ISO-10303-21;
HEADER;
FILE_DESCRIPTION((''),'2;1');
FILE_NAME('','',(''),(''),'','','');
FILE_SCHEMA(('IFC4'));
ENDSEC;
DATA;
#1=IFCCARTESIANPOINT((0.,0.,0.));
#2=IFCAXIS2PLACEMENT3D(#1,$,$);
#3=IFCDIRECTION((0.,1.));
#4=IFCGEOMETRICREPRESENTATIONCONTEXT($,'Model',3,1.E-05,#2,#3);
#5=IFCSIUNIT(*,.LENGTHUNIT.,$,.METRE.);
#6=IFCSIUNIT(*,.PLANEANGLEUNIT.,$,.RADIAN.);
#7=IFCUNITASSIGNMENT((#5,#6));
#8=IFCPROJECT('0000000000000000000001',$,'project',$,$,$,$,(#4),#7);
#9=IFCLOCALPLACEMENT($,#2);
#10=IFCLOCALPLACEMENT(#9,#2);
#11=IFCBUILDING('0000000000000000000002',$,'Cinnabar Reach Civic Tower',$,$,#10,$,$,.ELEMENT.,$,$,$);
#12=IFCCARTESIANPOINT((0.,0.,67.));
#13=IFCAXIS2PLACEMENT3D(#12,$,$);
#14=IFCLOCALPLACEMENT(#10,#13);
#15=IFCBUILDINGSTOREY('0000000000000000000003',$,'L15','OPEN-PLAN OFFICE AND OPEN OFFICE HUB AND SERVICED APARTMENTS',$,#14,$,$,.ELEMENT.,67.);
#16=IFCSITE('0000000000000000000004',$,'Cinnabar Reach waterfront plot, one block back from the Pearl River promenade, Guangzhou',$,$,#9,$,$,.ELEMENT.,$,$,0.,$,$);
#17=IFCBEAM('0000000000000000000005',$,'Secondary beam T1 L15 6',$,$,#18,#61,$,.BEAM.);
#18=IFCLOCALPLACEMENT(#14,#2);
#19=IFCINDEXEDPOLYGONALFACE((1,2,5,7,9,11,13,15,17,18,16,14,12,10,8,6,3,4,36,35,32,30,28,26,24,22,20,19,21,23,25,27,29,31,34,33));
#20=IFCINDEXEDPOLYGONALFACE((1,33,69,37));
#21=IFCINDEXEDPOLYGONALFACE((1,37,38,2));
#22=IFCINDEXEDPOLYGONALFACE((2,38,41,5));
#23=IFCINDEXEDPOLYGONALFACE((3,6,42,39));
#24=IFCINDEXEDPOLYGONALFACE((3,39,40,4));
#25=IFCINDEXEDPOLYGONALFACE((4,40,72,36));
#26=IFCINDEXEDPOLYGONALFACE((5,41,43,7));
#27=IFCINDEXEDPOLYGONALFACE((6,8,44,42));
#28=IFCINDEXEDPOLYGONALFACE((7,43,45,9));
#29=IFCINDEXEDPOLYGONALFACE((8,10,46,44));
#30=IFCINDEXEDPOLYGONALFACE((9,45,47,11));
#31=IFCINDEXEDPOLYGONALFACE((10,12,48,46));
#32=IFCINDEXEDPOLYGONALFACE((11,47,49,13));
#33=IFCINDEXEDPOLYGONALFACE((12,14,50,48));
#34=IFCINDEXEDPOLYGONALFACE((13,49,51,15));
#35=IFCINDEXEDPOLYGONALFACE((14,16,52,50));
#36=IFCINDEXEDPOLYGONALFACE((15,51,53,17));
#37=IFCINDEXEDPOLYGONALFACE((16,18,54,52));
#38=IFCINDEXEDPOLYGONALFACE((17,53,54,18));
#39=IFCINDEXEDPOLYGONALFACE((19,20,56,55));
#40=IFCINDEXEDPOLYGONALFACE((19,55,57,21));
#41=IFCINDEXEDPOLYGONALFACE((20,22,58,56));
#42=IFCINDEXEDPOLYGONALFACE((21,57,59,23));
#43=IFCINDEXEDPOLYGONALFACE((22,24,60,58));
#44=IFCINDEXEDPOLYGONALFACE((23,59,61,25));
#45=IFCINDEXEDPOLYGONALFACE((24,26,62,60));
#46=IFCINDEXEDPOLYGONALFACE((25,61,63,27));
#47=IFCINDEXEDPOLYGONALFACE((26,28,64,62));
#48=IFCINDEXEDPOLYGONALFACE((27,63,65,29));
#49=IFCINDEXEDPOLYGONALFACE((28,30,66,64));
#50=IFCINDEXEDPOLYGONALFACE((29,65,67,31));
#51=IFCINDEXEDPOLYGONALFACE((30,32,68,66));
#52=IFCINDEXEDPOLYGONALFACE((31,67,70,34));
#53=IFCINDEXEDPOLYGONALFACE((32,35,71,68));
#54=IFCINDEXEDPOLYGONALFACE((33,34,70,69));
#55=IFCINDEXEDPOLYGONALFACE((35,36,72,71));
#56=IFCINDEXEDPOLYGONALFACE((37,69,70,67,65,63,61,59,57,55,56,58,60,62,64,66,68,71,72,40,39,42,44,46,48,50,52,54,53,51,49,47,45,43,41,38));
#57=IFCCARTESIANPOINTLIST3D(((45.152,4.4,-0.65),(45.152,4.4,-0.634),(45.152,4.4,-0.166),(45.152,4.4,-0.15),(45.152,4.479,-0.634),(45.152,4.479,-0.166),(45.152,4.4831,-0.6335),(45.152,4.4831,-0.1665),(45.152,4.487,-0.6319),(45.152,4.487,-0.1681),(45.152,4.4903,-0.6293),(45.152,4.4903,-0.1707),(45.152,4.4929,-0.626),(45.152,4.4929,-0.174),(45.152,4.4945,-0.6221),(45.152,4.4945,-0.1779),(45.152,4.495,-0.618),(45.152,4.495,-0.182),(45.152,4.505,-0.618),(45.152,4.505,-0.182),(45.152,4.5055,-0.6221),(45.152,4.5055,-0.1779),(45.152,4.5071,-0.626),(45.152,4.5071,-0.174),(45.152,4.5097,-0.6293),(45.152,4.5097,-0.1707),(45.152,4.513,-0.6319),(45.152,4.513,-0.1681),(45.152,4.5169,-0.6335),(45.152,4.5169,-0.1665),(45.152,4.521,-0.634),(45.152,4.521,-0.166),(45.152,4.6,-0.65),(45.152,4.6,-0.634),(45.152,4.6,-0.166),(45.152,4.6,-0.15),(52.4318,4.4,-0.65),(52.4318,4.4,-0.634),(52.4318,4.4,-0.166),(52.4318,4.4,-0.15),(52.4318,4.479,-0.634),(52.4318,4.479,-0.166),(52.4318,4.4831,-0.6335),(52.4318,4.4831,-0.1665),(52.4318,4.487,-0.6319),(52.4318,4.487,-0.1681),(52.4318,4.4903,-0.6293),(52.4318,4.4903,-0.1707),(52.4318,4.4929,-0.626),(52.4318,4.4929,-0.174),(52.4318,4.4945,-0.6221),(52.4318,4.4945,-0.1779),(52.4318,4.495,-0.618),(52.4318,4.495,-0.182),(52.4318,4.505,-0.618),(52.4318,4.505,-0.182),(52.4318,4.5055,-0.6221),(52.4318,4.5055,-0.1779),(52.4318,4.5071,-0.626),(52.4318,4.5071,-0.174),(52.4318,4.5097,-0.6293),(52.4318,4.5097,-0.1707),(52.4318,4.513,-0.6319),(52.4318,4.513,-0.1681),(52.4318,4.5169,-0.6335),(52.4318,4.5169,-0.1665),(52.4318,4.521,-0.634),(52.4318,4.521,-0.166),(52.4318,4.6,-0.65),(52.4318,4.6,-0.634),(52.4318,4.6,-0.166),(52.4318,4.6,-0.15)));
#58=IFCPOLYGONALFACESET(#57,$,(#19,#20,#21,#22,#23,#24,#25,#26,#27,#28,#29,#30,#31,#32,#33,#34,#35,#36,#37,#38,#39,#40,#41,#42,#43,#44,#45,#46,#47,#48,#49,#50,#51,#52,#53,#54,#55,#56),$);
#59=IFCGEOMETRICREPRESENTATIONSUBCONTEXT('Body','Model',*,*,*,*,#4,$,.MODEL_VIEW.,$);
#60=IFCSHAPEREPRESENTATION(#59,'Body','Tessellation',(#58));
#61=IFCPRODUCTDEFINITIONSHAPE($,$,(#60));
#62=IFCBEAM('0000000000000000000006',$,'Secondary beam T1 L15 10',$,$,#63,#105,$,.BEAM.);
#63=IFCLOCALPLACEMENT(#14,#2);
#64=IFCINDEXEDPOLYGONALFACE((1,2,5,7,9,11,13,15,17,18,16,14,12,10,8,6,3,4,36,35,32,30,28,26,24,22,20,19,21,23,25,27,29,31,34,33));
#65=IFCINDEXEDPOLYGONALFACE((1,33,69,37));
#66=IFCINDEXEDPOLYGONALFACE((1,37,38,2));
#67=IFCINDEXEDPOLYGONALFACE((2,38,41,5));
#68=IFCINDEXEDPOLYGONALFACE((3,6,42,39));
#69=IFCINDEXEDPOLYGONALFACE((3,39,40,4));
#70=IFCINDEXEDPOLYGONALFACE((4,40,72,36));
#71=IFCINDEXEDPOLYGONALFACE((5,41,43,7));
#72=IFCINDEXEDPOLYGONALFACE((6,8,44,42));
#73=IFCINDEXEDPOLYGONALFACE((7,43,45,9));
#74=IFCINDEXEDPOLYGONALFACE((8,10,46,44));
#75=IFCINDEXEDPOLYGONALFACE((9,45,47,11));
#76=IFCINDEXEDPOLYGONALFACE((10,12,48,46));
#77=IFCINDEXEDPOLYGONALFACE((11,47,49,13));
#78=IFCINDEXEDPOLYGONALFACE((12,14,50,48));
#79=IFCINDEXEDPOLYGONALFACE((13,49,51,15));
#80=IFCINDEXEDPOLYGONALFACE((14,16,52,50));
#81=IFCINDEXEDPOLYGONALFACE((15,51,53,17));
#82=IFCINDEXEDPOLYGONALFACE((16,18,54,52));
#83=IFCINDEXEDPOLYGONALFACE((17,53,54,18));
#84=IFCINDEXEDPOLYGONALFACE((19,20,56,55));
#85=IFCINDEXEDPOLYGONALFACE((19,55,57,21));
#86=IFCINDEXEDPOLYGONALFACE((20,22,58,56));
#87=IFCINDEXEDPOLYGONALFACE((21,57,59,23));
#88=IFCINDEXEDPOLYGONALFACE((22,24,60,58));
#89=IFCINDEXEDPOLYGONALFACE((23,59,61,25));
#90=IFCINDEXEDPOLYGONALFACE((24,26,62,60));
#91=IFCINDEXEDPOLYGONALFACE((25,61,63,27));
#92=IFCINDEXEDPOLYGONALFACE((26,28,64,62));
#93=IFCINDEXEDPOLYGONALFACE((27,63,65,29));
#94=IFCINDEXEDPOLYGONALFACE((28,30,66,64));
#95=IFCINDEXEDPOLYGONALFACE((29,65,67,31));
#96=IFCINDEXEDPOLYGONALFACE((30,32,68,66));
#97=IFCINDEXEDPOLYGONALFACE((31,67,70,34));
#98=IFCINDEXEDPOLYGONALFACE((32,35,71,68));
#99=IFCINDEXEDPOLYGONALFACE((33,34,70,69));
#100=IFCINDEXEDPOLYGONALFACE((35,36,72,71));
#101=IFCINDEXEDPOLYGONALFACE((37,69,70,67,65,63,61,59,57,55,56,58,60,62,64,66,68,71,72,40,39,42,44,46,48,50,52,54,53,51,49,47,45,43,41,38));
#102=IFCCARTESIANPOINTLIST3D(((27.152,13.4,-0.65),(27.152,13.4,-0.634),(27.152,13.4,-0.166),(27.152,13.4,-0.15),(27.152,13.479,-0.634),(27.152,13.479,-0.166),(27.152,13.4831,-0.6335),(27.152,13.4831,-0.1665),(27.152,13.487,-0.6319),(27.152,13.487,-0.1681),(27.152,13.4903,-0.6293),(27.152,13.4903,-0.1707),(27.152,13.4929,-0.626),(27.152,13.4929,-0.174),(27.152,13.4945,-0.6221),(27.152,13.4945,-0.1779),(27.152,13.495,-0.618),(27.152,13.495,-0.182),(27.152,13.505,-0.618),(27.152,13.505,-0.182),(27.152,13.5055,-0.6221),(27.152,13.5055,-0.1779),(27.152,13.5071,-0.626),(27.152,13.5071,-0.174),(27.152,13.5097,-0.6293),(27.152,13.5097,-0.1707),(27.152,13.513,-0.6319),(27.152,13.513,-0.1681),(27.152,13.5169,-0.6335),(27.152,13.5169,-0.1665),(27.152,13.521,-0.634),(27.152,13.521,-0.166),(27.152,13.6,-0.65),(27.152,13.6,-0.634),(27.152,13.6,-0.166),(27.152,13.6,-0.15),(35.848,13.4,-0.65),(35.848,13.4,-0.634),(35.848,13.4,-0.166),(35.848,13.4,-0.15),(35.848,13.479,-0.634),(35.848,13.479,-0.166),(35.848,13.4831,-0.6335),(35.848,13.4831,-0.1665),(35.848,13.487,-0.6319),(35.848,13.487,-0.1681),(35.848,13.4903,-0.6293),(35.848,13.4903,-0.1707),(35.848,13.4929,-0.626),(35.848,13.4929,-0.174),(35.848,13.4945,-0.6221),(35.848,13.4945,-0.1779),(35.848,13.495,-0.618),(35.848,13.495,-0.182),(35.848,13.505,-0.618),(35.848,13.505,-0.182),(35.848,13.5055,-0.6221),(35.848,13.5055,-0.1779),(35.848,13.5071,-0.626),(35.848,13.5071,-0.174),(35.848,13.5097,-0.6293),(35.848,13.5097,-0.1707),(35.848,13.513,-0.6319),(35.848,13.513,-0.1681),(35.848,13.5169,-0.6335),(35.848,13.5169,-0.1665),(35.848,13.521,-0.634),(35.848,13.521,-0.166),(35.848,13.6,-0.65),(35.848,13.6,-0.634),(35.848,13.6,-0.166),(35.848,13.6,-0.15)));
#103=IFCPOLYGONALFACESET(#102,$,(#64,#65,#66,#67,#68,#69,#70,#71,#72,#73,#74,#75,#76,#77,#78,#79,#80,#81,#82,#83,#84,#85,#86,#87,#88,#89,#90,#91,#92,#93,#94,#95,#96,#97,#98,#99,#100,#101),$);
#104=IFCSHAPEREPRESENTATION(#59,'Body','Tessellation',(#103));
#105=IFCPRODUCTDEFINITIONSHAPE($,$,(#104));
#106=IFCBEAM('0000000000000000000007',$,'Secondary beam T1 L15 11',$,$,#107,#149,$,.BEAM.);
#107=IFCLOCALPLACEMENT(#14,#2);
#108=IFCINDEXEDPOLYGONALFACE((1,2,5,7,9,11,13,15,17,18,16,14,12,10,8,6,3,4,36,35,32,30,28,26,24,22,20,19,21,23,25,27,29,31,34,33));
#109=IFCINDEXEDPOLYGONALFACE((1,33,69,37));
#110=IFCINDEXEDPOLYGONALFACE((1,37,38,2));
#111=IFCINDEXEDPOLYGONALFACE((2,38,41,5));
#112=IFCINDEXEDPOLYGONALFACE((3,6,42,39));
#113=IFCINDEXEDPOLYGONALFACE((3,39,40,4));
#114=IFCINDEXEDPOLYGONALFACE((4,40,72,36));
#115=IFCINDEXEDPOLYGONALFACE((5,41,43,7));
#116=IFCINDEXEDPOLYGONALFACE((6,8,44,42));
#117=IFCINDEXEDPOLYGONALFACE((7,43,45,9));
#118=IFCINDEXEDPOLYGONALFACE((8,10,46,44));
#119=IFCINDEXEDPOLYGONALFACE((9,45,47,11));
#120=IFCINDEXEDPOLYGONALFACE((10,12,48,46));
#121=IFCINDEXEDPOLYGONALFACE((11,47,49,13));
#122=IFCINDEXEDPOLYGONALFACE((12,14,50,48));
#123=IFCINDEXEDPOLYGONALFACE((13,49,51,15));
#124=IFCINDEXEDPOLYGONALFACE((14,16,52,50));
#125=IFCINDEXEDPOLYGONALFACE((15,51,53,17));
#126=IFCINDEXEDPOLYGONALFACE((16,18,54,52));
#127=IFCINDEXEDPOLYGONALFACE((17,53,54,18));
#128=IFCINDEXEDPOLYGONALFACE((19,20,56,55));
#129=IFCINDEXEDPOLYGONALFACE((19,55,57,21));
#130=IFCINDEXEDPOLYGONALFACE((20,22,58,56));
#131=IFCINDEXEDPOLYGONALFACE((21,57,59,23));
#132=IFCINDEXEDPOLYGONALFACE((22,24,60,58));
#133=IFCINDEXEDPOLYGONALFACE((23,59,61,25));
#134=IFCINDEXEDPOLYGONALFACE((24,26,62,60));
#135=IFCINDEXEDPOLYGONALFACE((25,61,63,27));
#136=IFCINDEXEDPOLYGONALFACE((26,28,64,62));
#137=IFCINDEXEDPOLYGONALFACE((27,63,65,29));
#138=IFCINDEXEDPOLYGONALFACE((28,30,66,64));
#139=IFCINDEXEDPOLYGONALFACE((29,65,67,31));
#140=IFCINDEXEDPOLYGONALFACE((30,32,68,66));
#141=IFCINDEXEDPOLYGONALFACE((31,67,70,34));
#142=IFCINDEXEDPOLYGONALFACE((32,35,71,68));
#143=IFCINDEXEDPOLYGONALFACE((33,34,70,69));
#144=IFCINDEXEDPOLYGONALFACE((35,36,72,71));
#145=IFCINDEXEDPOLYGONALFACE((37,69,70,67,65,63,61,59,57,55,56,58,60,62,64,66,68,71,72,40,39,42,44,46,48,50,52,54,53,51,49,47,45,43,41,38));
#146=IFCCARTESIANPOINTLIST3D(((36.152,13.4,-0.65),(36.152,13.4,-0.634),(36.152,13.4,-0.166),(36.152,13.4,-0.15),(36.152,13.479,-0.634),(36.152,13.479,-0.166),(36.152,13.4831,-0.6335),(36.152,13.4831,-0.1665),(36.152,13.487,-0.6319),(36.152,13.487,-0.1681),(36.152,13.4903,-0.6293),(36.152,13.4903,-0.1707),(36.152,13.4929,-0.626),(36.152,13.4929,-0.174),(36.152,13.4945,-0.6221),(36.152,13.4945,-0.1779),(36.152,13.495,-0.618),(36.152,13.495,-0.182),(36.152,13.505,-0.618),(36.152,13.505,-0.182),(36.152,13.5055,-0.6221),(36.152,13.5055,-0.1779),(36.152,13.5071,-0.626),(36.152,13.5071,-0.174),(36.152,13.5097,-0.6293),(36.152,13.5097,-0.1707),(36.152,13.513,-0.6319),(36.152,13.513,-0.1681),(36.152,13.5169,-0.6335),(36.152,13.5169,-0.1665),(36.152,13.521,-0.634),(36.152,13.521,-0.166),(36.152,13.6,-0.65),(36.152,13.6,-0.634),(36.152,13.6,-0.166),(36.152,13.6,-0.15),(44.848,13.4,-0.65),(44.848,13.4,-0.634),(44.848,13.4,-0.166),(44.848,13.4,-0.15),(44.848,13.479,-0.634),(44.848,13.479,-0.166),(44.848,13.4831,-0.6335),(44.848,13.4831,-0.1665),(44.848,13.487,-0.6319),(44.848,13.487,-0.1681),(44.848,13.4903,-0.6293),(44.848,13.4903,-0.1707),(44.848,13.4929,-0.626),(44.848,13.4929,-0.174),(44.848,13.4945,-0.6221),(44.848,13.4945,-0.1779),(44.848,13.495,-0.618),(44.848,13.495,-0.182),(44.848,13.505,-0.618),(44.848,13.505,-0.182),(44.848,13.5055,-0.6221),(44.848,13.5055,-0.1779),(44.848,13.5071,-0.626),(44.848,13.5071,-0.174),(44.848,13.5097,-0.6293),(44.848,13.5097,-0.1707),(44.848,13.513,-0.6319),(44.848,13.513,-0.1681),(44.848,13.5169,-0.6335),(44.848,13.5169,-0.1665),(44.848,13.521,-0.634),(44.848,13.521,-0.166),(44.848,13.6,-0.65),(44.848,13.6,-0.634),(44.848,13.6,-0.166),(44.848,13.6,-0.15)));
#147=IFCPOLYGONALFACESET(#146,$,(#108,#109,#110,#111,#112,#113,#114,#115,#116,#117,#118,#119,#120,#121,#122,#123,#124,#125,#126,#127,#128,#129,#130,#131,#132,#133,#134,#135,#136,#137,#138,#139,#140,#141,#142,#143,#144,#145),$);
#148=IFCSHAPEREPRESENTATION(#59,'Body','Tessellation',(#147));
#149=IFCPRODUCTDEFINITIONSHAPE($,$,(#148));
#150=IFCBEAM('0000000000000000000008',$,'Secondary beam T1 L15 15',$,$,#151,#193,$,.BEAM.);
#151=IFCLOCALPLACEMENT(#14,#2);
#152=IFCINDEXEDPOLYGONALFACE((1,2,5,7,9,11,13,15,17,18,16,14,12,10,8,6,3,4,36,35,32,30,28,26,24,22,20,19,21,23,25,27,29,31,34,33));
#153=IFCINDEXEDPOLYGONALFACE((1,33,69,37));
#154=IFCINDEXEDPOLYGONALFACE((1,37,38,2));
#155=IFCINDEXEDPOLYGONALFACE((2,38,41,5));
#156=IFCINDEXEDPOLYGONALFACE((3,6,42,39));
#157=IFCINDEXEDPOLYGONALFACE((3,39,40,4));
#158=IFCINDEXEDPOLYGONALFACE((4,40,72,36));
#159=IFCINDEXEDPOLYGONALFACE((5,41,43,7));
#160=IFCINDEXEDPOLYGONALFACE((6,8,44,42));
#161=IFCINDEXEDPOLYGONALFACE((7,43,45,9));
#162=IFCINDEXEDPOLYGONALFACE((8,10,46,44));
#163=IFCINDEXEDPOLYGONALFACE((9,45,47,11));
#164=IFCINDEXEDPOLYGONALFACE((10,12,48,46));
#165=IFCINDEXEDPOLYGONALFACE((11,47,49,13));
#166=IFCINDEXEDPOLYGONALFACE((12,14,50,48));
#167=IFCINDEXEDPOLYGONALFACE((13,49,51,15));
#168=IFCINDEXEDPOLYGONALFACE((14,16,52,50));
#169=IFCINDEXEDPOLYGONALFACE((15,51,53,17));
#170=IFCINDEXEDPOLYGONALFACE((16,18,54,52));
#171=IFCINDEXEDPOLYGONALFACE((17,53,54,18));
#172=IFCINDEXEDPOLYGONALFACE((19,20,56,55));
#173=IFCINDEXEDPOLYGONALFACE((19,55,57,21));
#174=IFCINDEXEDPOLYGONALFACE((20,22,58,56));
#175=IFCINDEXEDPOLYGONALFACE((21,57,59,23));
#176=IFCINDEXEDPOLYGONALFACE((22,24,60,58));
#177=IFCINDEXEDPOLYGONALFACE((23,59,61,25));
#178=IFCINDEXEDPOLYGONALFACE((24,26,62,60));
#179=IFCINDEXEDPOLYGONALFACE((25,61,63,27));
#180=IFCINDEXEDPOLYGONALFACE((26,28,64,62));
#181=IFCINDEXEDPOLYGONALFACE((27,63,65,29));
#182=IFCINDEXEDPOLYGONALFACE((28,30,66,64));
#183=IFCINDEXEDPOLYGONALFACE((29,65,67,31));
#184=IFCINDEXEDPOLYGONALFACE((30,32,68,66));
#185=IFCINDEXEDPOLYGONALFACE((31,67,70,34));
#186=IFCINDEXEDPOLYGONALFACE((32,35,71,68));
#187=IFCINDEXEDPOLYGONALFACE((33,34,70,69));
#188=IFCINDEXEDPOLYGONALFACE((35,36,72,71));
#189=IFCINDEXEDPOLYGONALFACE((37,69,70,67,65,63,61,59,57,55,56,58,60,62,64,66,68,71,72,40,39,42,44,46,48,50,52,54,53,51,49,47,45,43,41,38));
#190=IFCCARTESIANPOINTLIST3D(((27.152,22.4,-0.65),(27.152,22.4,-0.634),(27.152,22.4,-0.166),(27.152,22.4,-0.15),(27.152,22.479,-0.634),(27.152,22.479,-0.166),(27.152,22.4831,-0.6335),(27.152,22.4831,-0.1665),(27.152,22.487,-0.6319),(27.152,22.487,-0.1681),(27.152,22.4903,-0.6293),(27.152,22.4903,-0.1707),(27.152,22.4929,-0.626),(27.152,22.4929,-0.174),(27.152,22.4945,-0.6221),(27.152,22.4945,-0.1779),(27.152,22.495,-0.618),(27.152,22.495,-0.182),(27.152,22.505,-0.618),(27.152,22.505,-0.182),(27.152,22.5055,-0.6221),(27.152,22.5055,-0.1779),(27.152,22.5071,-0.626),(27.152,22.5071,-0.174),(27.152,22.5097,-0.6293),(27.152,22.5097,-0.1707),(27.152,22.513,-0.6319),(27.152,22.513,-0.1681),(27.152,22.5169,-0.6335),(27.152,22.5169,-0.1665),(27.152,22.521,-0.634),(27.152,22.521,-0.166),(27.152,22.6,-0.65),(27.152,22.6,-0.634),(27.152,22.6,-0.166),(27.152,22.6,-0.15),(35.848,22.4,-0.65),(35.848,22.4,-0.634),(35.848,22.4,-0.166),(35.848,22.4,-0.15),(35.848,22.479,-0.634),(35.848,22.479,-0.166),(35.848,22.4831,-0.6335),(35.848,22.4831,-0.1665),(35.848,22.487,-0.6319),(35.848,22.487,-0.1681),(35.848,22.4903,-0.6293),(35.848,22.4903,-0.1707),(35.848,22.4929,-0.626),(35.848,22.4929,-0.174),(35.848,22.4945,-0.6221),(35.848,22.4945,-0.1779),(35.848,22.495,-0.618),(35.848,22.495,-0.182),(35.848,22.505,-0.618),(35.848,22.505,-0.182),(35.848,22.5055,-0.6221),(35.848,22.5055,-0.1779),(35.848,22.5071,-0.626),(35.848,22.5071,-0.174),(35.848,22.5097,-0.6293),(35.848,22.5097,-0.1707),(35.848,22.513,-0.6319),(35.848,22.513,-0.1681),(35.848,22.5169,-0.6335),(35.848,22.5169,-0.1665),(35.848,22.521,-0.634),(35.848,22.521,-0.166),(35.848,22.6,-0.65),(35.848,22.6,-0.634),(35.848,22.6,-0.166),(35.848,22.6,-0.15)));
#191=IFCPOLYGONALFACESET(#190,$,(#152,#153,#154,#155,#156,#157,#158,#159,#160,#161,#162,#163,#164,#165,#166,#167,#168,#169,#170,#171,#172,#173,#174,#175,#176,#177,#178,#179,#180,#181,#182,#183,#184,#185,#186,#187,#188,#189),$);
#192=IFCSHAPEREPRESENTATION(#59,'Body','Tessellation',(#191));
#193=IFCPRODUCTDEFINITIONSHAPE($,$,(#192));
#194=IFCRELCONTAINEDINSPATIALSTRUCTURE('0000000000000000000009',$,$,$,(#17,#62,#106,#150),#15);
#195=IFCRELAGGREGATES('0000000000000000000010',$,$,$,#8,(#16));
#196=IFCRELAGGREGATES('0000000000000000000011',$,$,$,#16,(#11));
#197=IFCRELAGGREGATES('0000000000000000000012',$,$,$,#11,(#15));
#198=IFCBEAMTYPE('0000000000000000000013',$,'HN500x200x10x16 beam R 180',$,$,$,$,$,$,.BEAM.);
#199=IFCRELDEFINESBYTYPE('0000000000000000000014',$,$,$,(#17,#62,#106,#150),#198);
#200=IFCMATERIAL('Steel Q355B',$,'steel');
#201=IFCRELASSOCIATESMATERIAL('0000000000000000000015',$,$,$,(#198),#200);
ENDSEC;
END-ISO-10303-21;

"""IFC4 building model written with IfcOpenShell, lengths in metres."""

from ifc_helpers import new_model, si_unit, direction, frame, origin, origin_2d, place, context, subcontext, project, spatial, i_section, extrude, material, material_profile, profile_set, type_object, element, save


model = new_model("IFC4")

# Units and contexts
model_context = context("Model", 3, precision=1e-05, world=origin(), true_north=direction((0.0, 1.0)))
body_context = subcontext(model_context, "Body", "Model", "MODEL_VIEW")
ifc_project = project(units=[si_unit("LENGTHUNIT", "METRE"), si_unit("PLANEANGLEUNIT", "RADIAN")], contexts=[model_context])

# Site, building, storey
site_placement = place(None, origin())
site = spatial("IfcSite", under=ifc_project, at=site_placement, Name="Cinnabar Reach waterfront plot, one block back from the Pearl River promenade, Guangzhou", CompositionType="ELEMENT", RefElevation=0.0)
building_placement = place(site_placement, origin())
building = spatial("IfcBuilding", under=site, at=building_placement, Name="Cinnabar Reach Civic Tower", CompositionType="ELEMENT")
storey_placement = place(building_placement, frame((0.0, 0.0, 67.0)))
storey = spatial("IfcBuildingStorey", under=building, at=storey_placement, Name="L15", Description="OPEN-PLAN OFFICE AND OPEN OFFICE HUB AND SERVICED APARTMENTS", CompositionType="ELEMENT", Elevation=67.0)

# Beams
ifc_material_1 = material(Name="Steel Q355B", Category="steel")
ifc_material_profile_1 = material_profile(ifc_material_1, i_section(OverallWidth=0.2, OverallDepth=0.5, WebThickness=0.01, FlangeThickness=0.016, FilletRadius=0.016, at=origin_2d()), Name="HN500x200x10x16")
ifc_profile_set_1 = profile_set([ifc_material_profile_1], Name="Steel Q355B")
beam_type_1 = type_object("IfcBeamType", Name="HN500x200x10x16 beam R 180", PredefinedType="BEAM", material=ifc_profile_set_1)
beam_1_placement = place(storey_placement, frame((45.152, 4.5, -0.4), z_axis=(1.0, 0.0, 0.0), x_axis=(0.0, 1.0, 0.0)))
element("IfcBeam", 1, at=beam_1_placement, inside=storey, type_object=beam_type_1, Name="Secondary beam T1 L15 6", PredefinedType="BEAM", context=body_context, shape_type="SweptSolid", body=[
    extrude(i_section(OverallWidth=0.2, OverallDepth=0.5, WebThickness=0.01, FlangeThickness=0.016, FilletRadius=0.016, at=origin_2d()), origin(), (0.0, 0.0, 1.0), 7.2798),
])
for number, where, z_axis, x_axis, name in (
    (2, (27.152, 13.5, -0.4), (1.0, 0.0, 0.0), (0.0, 1.0, 0.0), "Secondary beam T1 L15 10"),
    (3, (36.152, 13.5, -0.4), (1.0, 0.0, 0.0), (0.0, 1.0, 0.0), "Secondary beam T1 L15 11"),
    (4, (27.152, 22.5, -0.4), (1.0, 0.0, 0.0), (0.0, 1.0, 0.0), "Secondary beam T1 L15 15"),
):
    element("IfcBeam", number, at=place(storey_placement, frame(where, z_axis=z_axis, x_axis=x_axis)), inside=storey, type_object=beam_type_1, Name=name, PredefinedType="BEAM", context=body_context, shape_type="SweptSolid", body=[
        extrude(i_section(OverallWidth=0.2, OverallDepth=0.5, WebThickness=0.01, FlangeThickness=0.016, FilletRadius=0.016, at=origin_2d()), origin(), (0.0, 0.0, 1.0), 8.696),
    ])

save(model, "model.ifc")
